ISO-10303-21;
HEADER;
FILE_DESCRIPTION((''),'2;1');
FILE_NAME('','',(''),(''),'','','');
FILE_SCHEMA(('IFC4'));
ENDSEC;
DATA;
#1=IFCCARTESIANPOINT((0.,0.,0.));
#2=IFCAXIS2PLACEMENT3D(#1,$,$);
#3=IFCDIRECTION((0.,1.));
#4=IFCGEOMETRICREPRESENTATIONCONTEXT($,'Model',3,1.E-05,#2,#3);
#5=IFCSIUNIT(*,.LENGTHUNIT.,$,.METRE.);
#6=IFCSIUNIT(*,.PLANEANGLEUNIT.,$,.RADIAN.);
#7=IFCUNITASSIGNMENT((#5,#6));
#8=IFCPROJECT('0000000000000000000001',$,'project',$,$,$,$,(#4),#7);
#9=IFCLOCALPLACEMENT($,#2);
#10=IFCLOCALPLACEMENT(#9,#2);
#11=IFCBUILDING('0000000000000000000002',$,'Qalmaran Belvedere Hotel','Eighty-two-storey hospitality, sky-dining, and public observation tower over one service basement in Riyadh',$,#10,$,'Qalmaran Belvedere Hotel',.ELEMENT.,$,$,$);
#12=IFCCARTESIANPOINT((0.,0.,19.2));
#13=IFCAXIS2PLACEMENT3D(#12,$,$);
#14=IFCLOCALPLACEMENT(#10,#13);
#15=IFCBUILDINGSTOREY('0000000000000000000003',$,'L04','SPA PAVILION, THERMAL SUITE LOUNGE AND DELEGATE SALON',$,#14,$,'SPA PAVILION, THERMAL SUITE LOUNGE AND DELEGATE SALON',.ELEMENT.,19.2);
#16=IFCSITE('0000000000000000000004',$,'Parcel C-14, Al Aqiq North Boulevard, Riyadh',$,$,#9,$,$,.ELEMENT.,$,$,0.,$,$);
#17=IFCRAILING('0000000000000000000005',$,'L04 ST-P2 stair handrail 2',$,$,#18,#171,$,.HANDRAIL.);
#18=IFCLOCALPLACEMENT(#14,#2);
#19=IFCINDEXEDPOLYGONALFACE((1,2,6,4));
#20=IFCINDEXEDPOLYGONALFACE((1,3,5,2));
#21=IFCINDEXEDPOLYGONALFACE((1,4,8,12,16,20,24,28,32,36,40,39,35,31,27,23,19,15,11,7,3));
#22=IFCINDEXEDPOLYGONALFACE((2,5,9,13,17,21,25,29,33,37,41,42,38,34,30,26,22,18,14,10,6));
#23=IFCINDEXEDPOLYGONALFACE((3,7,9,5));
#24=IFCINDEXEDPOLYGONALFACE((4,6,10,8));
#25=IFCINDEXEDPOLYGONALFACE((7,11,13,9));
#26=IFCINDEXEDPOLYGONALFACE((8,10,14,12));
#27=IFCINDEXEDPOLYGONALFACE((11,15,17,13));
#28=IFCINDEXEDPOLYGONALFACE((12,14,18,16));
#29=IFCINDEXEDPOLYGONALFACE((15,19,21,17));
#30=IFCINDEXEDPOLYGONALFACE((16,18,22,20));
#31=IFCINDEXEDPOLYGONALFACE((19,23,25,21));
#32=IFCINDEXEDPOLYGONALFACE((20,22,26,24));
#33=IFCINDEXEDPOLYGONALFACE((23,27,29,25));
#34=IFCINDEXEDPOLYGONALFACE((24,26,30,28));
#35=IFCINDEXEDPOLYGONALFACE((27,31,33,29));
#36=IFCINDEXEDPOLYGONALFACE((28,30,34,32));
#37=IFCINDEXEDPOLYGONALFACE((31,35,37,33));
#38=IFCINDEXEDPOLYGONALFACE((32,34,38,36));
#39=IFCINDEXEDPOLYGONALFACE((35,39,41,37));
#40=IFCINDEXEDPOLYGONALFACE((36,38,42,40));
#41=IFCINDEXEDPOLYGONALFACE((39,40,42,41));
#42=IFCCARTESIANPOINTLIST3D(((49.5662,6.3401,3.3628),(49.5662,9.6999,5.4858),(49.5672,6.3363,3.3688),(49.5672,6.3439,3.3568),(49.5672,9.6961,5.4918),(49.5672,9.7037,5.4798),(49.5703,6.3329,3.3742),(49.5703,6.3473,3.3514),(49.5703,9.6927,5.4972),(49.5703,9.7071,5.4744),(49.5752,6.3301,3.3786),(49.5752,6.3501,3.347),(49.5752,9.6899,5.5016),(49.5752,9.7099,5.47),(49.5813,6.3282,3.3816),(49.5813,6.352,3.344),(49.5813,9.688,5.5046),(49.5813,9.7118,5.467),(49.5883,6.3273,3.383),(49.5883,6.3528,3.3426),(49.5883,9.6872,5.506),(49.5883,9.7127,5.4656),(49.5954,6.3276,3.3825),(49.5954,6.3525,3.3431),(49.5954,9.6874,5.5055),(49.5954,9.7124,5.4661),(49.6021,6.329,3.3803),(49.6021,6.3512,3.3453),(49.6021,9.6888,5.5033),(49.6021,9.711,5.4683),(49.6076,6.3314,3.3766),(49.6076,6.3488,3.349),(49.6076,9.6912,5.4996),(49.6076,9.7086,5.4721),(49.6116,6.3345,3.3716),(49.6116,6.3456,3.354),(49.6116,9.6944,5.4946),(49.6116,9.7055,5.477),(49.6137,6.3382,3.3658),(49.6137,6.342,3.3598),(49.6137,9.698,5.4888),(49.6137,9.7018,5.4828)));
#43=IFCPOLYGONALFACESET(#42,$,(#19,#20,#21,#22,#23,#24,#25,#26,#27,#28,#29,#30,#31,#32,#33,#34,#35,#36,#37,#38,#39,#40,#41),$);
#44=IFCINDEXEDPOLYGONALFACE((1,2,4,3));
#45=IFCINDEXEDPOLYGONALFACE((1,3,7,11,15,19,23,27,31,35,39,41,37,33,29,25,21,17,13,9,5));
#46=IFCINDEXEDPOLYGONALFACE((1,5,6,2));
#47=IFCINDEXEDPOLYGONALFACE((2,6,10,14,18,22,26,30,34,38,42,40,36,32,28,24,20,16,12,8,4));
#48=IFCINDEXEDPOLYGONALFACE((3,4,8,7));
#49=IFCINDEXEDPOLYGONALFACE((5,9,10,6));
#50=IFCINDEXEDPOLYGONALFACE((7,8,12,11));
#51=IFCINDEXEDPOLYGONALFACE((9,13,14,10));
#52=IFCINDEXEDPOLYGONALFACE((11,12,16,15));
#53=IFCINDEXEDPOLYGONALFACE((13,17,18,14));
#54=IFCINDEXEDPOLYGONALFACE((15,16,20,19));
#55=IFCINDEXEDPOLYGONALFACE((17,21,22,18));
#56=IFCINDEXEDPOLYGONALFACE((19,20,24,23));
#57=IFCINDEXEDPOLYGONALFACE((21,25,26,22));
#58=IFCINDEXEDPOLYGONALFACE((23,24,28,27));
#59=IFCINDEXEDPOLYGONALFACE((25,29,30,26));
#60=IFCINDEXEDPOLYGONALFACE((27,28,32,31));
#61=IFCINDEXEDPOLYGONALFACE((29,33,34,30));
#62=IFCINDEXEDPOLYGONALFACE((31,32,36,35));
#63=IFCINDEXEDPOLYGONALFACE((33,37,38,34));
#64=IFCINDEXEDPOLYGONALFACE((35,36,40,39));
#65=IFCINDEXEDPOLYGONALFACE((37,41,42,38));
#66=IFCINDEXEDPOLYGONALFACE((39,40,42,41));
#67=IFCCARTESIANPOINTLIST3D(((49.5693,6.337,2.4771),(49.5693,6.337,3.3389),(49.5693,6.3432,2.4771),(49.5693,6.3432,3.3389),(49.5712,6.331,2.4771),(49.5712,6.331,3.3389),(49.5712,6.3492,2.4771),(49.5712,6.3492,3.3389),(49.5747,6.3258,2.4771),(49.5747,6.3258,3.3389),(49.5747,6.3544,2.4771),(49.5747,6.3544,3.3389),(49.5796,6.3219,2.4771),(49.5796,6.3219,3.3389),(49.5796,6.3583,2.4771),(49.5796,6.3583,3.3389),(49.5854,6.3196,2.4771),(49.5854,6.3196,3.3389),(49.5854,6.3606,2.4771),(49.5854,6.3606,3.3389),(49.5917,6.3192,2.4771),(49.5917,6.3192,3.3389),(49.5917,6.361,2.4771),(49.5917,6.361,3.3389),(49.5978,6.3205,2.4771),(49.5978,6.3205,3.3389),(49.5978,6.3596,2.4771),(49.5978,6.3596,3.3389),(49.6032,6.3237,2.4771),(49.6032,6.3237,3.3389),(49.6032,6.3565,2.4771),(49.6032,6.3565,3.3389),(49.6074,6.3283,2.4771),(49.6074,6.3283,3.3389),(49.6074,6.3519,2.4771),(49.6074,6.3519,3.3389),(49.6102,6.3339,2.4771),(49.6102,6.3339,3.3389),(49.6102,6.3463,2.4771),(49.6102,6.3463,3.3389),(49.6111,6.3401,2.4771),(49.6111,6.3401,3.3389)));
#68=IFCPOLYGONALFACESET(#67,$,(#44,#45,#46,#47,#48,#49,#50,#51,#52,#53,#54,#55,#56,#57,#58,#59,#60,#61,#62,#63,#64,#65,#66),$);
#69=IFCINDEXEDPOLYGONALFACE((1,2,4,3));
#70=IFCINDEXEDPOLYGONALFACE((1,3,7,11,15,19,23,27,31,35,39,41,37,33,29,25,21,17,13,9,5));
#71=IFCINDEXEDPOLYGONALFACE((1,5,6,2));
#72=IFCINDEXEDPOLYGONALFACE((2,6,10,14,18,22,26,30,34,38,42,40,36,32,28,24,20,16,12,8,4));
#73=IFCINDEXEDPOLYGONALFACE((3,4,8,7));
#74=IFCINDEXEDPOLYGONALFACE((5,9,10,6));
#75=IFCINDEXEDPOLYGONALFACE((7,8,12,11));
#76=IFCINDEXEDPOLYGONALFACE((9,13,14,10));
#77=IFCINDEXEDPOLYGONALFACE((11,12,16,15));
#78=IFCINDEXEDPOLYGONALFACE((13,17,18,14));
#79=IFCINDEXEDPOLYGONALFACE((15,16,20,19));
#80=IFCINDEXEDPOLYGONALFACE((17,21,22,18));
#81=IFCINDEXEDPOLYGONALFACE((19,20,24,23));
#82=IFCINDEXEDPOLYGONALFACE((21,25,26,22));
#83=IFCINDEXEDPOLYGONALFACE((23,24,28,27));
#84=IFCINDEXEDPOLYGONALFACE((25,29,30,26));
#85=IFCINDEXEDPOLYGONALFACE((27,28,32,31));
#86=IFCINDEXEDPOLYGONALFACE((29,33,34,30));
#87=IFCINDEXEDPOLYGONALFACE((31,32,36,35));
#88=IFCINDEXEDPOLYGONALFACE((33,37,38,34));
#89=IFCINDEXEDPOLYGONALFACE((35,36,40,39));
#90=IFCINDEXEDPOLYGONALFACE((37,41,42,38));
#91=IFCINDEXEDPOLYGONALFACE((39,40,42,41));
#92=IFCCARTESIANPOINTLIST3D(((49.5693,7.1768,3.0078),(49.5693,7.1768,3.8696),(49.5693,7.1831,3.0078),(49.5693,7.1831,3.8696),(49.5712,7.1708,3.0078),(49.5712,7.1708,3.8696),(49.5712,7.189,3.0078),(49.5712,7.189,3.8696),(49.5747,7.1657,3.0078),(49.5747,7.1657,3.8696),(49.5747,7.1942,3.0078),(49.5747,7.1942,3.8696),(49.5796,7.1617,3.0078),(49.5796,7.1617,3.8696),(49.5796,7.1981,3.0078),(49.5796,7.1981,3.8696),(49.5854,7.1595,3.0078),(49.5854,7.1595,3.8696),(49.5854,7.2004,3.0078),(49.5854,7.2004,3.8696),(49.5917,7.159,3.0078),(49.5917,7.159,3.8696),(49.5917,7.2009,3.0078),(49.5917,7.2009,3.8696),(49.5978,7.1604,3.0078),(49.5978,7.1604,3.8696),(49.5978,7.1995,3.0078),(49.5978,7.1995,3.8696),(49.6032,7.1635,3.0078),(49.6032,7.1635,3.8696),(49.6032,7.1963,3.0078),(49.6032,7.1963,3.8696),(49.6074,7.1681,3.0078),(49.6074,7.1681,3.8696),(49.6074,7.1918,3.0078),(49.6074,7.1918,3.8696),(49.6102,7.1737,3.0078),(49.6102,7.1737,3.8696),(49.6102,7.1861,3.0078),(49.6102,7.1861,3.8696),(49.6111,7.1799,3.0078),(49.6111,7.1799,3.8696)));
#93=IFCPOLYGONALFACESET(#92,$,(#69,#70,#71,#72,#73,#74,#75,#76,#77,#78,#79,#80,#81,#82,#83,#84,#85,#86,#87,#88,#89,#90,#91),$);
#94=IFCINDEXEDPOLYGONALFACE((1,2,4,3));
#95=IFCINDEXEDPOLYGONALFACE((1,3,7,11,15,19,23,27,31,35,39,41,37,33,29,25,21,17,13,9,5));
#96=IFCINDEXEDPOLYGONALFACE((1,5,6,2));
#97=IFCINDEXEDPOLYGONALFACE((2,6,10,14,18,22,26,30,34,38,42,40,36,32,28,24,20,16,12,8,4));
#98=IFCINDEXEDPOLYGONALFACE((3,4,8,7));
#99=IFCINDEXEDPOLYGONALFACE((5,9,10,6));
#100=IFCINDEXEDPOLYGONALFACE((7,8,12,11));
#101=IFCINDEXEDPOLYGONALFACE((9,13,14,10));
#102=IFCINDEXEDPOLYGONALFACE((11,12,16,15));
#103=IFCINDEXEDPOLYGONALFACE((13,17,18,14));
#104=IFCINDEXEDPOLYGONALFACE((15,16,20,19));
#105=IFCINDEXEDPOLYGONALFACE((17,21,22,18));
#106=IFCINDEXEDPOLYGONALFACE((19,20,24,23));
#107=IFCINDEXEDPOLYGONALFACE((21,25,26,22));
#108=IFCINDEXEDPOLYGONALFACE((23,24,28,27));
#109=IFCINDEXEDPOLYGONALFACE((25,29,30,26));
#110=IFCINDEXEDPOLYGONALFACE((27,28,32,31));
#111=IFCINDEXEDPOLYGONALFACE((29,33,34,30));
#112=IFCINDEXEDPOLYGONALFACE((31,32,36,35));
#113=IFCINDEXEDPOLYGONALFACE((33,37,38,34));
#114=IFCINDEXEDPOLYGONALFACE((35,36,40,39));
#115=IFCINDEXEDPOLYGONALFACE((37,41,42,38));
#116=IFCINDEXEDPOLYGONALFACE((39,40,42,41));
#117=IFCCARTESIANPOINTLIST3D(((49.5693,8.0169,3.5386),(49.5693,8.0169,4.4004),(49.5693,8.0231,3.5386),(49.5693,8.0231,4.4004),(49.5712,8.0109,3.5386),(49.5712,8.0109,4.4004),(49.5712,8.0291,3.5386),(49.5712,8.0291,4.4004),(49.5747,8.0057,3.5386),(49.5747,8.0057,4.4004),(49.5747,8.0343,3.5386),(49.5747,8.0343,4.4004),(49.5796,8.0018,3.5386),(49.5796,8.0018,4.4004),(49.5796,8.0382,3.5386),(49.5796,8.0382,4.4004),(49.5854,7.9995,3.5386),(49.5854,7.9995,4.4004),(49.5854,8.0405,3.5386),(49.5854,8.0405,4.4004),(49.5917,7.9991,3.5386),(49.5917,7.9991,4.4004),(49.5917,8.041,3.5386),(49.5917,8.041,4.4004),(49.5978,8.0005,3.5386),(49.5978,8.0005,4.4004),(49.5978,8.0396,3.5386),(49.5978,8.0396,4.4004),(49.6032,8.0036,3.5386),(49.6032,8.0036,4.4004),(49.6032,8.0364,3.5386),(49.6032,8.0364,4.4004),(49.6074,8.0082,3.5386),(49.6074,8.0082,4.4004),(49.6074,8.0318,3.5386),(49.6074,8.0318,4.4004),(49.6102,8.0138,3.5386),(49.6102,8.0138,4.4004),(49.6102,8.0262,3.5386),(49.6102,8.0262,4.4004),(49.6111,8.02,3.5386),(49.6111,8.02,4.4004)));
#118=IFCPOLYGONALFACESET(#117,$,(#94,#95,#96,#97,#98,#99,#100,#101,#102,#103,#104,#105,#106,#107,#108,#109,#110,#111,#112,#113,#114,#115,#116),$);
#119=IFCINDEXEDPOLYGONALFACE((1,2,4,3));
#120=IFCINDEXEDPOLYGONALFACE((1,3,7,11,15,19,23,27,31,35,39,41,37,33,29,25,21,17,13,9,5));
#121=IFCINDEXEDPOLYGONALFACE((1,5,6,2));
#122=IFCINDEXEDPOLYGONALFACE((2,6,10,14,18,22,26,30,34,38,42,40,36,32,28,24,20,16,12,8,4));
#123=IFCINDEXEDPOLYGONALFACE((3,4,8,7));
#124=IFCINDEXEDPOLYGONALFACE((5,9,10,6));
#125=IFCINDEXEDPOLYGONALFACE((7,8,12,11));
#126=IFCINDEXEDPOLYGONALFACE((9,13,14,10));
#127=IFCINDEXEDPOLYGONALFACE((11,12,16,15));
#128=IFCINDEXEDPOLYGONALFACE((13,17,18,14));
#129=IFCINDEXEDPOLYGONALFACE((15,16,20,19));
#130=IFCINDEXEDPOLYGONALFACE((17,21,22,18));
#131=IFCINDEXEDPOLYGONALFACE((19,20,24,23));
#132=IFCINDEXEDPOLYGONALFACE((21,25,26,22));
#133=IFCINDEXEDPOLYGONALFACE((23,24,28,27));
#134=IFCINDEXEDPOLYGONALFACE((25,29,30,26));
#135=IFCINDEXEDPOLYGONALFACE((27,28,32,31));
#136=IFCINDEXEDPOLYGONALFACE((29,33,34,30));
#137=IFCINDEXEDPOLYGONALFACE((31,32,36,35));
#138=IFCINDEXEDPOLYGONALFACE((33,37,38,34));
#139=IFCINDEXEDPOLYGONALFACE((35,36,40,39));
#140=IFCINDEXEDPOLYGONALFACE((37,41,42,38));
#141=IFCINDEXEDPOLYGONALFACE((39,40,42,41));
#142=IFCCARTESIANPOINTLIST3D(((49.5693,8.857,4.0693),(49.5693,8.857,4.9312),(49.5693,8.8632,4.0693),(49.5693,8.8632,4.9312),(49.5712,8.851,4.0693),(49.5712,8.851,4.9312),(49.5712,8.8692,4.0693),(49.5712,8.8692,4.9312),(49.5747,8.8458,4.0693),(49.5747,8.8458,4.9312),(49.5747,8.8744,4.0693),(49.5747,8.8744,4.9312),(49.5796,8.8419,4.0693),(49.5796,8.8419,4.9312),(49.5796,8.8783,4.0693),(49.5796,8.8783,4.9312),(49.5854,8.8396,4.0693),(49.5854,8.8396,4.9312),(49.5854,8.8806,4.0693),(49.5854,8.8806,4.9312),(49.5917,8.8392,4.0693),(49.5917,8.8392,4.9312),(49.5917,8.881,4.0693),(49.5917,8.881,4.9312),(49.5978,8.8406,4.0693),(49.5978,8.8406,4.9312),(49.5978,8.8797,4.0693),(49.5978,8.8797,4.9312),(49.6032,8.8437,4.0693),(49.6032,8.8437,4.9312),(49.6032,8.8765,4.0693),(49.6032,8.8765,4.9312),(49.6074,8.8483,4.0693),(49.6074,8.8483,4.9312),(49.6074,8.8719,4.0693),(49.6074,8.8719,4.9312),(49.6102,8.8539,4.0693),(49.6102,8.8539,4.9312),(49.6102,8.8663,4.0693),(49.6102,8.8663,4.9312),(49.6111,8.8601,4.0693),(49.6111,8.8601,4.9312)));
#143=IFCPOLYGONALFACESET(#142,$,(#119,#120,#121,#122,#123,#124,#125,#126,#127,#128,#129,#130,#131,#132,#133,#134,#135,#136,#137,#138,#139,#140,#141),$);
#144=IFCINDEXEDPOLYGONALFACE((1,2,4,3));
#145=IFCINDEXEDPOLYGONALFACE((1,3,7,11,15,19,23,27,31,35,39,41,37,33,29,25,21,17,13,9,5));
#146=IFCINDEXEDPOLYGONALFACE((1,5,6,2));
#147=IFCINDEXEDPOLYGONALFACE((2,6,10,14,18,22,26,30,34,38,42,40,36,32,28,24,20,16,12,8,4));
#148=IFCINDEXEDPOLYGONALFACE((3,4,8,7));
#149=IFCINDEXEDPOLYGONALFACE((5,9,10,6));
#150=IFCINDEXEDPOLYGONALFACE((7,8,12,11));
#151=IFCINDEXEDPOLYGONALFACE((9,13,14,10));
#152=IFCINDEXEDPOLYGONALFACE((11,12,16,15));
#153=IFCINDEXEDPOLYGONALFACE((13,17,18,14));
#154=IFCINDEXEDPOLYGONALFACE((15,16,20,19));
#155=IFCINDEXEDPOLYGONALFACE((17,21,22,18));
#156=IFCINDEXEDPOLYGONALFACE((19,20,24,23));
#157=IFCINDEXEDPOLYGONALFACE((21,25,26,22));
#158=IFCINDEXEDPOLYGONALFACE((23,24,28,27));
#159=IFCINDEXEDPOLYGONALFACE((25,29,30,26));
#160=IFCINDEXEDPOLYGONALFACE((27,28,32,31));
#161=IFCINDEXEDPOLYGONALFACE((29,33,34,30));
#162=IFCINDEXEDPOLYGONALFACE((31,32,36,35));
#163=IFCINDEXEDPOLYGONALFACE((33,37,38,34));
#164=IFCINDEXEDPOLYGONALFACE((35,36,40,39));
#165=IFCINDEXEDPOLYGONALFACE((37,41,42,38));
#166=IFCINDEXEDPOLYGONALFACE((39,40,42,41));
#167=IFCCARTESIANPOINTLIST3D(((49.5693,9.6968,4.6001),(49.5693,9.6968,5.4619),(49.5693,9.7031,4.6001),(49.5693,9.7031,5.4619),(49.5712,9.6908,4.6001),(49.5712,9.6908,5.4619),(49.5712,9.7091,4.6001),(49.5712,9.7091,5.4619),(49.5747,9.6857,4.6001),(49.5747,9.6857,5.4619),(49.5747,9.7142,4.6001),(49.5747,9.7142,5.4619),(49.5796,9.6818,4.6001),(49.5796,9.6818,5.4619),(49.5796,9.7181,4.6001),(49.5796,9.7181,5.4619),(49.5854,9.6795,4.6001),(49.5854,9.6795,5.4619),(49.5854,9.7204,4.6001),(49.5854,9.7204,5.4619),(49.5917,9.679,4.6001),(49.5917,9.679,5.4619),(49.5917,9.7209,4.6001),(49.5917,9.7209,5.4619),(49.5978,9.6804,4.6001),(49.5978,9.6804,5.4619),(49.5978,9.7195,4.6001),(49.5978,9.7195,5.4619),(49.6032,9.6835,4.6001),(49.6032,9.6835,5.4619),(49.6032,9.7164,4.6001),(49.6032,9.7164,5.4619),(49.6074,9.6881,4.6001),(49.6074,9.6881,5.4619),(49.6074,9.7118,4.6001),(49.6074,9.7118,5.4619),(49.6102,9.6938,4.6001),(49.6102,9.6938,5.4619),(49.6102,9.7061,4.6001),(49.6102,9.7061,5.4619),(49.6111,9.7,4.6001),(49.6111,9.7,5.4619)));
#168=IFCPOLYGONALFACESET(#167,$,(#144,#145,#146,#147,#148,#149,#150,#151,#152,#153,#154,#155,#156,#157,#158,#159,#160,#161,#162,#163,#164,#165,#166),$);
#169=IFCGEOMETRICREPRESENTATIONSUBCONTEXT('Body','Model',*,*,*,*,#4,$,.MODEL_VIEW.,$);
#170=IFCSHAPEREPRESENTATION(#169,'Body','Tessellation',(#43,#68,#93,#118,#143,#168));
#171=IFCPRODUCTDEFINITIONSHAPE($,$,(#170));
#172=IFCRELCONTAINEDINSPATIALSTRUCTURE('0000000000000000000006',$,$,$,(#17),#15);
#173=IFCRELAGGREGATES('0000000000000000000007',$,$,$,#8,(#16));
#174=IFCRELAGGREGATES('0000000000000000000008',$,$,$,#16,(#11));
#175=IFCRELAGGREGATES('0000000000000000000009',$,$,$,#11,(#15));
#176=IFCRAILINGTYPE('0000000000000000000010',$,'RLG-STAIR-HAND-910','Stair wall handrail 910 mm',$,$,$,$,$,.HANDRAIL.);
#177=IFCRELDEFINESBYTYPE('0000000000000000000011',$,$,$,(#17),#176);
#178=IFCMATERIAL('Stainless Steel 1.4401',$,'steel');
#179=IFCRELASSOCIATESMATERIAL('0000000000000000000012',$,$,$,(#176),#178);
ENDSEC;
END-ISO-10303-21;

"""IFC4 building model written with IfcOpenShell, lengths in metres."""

from ifc_helpers import new_model, si_unit, direction, frame, origin, origin_2d, place, context, subcontext, project, spatial, circle, extrude, material, type_object, element, save


model = new_model("IFC4")

# Units and contexts
model_context = context("Model", 3, precision=1e-05, world=origin(), true_north=direction((0.0, 1.0)))
body_context = subcontext(model_context, "Body", "Model", "MODEL_VIEW")
ifc_project = project(units=[si_unit("LENGTHUNIT", "METRE"), si_unit("PLANEANGLEUNIT", "RADIAN")], contexts=[model_context])

# Site, building, storey
site_placement = place(None, origin())
site = spatial("IfcSite", under=ifc_project, at=site_placement, Name="Parcel C-14, Al Aqiq North Boulevard, Riyadh", CompositionType="ELEMENT", RefElevation=0.0)
building_placement = place(site_placement, origin())
building = spatial("IfcBuilding", under=site, at=building_placement, Name="Qalmaran Belvedere Hotel", Description="Eighty-two-storey hospitality, sky-dining, and public observation tower over one service basement in Riyadh", LongName="Qalmaran Belvedere Hotel", CompositionType="ELEMENT")
storey_placement = place(building_placement, frame((0.0, 0.0, 19.2)))
storey = spatial("IfcBuildingStorey", under=building, at=storey_placement, Name="L04", Description="SPA PAVILION, THERMAL SUITE LOUNGE AND DELEGATE SALON", LongName="SPA PAVILION, THERMAL SUITE LOUNGE AND DELEGATE SALON", CompositionType="ELEMENT", Elevation=19.2)

# Railing
ifc_material_1 = material(Name="Stainless Steel 1.4401", Category="steel")
railing_type_1 = type_object("IfcRailingType", Name="RLG-STAIR-HAND-910", Description="Stair wall handrail 910 mm", PredefinedType="HANDRAIL", material=ifc_material_1)
railing_1_placement = place(storey_placement, frame((49.5901, 6.3401, 2.4771)))
element("IfcRailing", 1, at=railing_1_placement, inside=storey, type_object=railing_type_1, Name="L04 ST-P2 stair handrail 2", PredefinedType="HANDRAIL", context=body_context, shape_type="SweptSolid", body=[
    extrude(circle(Radius=0.0239, at=origin_2d()), frame((0.0, 0.0, 0.8857), z_axis=(0.0, 0.845372, 0.534178), x_axis=(-1.0, 0.0, 0.0)), (0.0, 0.0, 1.0), 3.9744),
    extrude(circle(Radius=0.021, at=origin_2d()), origin(), (0.0, 0.0, 1.0), 0.8618),
    extrude(circle(Radius=0.021, at=origin_2d()), frame((0.0, 0.8398, 0.5308)), (0.0, 0.0, 1.0), 0.8618),
    extrude(circle(Radius=0.021, at=origin_2d()), frame((0.0, 1.6799, 1.0615)), (0.0, 0.0, 1.0), 0.8618),
    extrude(circle(Radius=0.021, at=origin_2d()), frame((0.0, 2.52, 1.5923)), (0.0, 0.0, 1.0), 0.8618),
    extrude(circle(Radius=0.021, at=origin_2d()), frame((0.0, 3.3599, 2.123)), (0.0, 0.0, 1.0), 0.8618),
])

save(model, "model.ifc")
